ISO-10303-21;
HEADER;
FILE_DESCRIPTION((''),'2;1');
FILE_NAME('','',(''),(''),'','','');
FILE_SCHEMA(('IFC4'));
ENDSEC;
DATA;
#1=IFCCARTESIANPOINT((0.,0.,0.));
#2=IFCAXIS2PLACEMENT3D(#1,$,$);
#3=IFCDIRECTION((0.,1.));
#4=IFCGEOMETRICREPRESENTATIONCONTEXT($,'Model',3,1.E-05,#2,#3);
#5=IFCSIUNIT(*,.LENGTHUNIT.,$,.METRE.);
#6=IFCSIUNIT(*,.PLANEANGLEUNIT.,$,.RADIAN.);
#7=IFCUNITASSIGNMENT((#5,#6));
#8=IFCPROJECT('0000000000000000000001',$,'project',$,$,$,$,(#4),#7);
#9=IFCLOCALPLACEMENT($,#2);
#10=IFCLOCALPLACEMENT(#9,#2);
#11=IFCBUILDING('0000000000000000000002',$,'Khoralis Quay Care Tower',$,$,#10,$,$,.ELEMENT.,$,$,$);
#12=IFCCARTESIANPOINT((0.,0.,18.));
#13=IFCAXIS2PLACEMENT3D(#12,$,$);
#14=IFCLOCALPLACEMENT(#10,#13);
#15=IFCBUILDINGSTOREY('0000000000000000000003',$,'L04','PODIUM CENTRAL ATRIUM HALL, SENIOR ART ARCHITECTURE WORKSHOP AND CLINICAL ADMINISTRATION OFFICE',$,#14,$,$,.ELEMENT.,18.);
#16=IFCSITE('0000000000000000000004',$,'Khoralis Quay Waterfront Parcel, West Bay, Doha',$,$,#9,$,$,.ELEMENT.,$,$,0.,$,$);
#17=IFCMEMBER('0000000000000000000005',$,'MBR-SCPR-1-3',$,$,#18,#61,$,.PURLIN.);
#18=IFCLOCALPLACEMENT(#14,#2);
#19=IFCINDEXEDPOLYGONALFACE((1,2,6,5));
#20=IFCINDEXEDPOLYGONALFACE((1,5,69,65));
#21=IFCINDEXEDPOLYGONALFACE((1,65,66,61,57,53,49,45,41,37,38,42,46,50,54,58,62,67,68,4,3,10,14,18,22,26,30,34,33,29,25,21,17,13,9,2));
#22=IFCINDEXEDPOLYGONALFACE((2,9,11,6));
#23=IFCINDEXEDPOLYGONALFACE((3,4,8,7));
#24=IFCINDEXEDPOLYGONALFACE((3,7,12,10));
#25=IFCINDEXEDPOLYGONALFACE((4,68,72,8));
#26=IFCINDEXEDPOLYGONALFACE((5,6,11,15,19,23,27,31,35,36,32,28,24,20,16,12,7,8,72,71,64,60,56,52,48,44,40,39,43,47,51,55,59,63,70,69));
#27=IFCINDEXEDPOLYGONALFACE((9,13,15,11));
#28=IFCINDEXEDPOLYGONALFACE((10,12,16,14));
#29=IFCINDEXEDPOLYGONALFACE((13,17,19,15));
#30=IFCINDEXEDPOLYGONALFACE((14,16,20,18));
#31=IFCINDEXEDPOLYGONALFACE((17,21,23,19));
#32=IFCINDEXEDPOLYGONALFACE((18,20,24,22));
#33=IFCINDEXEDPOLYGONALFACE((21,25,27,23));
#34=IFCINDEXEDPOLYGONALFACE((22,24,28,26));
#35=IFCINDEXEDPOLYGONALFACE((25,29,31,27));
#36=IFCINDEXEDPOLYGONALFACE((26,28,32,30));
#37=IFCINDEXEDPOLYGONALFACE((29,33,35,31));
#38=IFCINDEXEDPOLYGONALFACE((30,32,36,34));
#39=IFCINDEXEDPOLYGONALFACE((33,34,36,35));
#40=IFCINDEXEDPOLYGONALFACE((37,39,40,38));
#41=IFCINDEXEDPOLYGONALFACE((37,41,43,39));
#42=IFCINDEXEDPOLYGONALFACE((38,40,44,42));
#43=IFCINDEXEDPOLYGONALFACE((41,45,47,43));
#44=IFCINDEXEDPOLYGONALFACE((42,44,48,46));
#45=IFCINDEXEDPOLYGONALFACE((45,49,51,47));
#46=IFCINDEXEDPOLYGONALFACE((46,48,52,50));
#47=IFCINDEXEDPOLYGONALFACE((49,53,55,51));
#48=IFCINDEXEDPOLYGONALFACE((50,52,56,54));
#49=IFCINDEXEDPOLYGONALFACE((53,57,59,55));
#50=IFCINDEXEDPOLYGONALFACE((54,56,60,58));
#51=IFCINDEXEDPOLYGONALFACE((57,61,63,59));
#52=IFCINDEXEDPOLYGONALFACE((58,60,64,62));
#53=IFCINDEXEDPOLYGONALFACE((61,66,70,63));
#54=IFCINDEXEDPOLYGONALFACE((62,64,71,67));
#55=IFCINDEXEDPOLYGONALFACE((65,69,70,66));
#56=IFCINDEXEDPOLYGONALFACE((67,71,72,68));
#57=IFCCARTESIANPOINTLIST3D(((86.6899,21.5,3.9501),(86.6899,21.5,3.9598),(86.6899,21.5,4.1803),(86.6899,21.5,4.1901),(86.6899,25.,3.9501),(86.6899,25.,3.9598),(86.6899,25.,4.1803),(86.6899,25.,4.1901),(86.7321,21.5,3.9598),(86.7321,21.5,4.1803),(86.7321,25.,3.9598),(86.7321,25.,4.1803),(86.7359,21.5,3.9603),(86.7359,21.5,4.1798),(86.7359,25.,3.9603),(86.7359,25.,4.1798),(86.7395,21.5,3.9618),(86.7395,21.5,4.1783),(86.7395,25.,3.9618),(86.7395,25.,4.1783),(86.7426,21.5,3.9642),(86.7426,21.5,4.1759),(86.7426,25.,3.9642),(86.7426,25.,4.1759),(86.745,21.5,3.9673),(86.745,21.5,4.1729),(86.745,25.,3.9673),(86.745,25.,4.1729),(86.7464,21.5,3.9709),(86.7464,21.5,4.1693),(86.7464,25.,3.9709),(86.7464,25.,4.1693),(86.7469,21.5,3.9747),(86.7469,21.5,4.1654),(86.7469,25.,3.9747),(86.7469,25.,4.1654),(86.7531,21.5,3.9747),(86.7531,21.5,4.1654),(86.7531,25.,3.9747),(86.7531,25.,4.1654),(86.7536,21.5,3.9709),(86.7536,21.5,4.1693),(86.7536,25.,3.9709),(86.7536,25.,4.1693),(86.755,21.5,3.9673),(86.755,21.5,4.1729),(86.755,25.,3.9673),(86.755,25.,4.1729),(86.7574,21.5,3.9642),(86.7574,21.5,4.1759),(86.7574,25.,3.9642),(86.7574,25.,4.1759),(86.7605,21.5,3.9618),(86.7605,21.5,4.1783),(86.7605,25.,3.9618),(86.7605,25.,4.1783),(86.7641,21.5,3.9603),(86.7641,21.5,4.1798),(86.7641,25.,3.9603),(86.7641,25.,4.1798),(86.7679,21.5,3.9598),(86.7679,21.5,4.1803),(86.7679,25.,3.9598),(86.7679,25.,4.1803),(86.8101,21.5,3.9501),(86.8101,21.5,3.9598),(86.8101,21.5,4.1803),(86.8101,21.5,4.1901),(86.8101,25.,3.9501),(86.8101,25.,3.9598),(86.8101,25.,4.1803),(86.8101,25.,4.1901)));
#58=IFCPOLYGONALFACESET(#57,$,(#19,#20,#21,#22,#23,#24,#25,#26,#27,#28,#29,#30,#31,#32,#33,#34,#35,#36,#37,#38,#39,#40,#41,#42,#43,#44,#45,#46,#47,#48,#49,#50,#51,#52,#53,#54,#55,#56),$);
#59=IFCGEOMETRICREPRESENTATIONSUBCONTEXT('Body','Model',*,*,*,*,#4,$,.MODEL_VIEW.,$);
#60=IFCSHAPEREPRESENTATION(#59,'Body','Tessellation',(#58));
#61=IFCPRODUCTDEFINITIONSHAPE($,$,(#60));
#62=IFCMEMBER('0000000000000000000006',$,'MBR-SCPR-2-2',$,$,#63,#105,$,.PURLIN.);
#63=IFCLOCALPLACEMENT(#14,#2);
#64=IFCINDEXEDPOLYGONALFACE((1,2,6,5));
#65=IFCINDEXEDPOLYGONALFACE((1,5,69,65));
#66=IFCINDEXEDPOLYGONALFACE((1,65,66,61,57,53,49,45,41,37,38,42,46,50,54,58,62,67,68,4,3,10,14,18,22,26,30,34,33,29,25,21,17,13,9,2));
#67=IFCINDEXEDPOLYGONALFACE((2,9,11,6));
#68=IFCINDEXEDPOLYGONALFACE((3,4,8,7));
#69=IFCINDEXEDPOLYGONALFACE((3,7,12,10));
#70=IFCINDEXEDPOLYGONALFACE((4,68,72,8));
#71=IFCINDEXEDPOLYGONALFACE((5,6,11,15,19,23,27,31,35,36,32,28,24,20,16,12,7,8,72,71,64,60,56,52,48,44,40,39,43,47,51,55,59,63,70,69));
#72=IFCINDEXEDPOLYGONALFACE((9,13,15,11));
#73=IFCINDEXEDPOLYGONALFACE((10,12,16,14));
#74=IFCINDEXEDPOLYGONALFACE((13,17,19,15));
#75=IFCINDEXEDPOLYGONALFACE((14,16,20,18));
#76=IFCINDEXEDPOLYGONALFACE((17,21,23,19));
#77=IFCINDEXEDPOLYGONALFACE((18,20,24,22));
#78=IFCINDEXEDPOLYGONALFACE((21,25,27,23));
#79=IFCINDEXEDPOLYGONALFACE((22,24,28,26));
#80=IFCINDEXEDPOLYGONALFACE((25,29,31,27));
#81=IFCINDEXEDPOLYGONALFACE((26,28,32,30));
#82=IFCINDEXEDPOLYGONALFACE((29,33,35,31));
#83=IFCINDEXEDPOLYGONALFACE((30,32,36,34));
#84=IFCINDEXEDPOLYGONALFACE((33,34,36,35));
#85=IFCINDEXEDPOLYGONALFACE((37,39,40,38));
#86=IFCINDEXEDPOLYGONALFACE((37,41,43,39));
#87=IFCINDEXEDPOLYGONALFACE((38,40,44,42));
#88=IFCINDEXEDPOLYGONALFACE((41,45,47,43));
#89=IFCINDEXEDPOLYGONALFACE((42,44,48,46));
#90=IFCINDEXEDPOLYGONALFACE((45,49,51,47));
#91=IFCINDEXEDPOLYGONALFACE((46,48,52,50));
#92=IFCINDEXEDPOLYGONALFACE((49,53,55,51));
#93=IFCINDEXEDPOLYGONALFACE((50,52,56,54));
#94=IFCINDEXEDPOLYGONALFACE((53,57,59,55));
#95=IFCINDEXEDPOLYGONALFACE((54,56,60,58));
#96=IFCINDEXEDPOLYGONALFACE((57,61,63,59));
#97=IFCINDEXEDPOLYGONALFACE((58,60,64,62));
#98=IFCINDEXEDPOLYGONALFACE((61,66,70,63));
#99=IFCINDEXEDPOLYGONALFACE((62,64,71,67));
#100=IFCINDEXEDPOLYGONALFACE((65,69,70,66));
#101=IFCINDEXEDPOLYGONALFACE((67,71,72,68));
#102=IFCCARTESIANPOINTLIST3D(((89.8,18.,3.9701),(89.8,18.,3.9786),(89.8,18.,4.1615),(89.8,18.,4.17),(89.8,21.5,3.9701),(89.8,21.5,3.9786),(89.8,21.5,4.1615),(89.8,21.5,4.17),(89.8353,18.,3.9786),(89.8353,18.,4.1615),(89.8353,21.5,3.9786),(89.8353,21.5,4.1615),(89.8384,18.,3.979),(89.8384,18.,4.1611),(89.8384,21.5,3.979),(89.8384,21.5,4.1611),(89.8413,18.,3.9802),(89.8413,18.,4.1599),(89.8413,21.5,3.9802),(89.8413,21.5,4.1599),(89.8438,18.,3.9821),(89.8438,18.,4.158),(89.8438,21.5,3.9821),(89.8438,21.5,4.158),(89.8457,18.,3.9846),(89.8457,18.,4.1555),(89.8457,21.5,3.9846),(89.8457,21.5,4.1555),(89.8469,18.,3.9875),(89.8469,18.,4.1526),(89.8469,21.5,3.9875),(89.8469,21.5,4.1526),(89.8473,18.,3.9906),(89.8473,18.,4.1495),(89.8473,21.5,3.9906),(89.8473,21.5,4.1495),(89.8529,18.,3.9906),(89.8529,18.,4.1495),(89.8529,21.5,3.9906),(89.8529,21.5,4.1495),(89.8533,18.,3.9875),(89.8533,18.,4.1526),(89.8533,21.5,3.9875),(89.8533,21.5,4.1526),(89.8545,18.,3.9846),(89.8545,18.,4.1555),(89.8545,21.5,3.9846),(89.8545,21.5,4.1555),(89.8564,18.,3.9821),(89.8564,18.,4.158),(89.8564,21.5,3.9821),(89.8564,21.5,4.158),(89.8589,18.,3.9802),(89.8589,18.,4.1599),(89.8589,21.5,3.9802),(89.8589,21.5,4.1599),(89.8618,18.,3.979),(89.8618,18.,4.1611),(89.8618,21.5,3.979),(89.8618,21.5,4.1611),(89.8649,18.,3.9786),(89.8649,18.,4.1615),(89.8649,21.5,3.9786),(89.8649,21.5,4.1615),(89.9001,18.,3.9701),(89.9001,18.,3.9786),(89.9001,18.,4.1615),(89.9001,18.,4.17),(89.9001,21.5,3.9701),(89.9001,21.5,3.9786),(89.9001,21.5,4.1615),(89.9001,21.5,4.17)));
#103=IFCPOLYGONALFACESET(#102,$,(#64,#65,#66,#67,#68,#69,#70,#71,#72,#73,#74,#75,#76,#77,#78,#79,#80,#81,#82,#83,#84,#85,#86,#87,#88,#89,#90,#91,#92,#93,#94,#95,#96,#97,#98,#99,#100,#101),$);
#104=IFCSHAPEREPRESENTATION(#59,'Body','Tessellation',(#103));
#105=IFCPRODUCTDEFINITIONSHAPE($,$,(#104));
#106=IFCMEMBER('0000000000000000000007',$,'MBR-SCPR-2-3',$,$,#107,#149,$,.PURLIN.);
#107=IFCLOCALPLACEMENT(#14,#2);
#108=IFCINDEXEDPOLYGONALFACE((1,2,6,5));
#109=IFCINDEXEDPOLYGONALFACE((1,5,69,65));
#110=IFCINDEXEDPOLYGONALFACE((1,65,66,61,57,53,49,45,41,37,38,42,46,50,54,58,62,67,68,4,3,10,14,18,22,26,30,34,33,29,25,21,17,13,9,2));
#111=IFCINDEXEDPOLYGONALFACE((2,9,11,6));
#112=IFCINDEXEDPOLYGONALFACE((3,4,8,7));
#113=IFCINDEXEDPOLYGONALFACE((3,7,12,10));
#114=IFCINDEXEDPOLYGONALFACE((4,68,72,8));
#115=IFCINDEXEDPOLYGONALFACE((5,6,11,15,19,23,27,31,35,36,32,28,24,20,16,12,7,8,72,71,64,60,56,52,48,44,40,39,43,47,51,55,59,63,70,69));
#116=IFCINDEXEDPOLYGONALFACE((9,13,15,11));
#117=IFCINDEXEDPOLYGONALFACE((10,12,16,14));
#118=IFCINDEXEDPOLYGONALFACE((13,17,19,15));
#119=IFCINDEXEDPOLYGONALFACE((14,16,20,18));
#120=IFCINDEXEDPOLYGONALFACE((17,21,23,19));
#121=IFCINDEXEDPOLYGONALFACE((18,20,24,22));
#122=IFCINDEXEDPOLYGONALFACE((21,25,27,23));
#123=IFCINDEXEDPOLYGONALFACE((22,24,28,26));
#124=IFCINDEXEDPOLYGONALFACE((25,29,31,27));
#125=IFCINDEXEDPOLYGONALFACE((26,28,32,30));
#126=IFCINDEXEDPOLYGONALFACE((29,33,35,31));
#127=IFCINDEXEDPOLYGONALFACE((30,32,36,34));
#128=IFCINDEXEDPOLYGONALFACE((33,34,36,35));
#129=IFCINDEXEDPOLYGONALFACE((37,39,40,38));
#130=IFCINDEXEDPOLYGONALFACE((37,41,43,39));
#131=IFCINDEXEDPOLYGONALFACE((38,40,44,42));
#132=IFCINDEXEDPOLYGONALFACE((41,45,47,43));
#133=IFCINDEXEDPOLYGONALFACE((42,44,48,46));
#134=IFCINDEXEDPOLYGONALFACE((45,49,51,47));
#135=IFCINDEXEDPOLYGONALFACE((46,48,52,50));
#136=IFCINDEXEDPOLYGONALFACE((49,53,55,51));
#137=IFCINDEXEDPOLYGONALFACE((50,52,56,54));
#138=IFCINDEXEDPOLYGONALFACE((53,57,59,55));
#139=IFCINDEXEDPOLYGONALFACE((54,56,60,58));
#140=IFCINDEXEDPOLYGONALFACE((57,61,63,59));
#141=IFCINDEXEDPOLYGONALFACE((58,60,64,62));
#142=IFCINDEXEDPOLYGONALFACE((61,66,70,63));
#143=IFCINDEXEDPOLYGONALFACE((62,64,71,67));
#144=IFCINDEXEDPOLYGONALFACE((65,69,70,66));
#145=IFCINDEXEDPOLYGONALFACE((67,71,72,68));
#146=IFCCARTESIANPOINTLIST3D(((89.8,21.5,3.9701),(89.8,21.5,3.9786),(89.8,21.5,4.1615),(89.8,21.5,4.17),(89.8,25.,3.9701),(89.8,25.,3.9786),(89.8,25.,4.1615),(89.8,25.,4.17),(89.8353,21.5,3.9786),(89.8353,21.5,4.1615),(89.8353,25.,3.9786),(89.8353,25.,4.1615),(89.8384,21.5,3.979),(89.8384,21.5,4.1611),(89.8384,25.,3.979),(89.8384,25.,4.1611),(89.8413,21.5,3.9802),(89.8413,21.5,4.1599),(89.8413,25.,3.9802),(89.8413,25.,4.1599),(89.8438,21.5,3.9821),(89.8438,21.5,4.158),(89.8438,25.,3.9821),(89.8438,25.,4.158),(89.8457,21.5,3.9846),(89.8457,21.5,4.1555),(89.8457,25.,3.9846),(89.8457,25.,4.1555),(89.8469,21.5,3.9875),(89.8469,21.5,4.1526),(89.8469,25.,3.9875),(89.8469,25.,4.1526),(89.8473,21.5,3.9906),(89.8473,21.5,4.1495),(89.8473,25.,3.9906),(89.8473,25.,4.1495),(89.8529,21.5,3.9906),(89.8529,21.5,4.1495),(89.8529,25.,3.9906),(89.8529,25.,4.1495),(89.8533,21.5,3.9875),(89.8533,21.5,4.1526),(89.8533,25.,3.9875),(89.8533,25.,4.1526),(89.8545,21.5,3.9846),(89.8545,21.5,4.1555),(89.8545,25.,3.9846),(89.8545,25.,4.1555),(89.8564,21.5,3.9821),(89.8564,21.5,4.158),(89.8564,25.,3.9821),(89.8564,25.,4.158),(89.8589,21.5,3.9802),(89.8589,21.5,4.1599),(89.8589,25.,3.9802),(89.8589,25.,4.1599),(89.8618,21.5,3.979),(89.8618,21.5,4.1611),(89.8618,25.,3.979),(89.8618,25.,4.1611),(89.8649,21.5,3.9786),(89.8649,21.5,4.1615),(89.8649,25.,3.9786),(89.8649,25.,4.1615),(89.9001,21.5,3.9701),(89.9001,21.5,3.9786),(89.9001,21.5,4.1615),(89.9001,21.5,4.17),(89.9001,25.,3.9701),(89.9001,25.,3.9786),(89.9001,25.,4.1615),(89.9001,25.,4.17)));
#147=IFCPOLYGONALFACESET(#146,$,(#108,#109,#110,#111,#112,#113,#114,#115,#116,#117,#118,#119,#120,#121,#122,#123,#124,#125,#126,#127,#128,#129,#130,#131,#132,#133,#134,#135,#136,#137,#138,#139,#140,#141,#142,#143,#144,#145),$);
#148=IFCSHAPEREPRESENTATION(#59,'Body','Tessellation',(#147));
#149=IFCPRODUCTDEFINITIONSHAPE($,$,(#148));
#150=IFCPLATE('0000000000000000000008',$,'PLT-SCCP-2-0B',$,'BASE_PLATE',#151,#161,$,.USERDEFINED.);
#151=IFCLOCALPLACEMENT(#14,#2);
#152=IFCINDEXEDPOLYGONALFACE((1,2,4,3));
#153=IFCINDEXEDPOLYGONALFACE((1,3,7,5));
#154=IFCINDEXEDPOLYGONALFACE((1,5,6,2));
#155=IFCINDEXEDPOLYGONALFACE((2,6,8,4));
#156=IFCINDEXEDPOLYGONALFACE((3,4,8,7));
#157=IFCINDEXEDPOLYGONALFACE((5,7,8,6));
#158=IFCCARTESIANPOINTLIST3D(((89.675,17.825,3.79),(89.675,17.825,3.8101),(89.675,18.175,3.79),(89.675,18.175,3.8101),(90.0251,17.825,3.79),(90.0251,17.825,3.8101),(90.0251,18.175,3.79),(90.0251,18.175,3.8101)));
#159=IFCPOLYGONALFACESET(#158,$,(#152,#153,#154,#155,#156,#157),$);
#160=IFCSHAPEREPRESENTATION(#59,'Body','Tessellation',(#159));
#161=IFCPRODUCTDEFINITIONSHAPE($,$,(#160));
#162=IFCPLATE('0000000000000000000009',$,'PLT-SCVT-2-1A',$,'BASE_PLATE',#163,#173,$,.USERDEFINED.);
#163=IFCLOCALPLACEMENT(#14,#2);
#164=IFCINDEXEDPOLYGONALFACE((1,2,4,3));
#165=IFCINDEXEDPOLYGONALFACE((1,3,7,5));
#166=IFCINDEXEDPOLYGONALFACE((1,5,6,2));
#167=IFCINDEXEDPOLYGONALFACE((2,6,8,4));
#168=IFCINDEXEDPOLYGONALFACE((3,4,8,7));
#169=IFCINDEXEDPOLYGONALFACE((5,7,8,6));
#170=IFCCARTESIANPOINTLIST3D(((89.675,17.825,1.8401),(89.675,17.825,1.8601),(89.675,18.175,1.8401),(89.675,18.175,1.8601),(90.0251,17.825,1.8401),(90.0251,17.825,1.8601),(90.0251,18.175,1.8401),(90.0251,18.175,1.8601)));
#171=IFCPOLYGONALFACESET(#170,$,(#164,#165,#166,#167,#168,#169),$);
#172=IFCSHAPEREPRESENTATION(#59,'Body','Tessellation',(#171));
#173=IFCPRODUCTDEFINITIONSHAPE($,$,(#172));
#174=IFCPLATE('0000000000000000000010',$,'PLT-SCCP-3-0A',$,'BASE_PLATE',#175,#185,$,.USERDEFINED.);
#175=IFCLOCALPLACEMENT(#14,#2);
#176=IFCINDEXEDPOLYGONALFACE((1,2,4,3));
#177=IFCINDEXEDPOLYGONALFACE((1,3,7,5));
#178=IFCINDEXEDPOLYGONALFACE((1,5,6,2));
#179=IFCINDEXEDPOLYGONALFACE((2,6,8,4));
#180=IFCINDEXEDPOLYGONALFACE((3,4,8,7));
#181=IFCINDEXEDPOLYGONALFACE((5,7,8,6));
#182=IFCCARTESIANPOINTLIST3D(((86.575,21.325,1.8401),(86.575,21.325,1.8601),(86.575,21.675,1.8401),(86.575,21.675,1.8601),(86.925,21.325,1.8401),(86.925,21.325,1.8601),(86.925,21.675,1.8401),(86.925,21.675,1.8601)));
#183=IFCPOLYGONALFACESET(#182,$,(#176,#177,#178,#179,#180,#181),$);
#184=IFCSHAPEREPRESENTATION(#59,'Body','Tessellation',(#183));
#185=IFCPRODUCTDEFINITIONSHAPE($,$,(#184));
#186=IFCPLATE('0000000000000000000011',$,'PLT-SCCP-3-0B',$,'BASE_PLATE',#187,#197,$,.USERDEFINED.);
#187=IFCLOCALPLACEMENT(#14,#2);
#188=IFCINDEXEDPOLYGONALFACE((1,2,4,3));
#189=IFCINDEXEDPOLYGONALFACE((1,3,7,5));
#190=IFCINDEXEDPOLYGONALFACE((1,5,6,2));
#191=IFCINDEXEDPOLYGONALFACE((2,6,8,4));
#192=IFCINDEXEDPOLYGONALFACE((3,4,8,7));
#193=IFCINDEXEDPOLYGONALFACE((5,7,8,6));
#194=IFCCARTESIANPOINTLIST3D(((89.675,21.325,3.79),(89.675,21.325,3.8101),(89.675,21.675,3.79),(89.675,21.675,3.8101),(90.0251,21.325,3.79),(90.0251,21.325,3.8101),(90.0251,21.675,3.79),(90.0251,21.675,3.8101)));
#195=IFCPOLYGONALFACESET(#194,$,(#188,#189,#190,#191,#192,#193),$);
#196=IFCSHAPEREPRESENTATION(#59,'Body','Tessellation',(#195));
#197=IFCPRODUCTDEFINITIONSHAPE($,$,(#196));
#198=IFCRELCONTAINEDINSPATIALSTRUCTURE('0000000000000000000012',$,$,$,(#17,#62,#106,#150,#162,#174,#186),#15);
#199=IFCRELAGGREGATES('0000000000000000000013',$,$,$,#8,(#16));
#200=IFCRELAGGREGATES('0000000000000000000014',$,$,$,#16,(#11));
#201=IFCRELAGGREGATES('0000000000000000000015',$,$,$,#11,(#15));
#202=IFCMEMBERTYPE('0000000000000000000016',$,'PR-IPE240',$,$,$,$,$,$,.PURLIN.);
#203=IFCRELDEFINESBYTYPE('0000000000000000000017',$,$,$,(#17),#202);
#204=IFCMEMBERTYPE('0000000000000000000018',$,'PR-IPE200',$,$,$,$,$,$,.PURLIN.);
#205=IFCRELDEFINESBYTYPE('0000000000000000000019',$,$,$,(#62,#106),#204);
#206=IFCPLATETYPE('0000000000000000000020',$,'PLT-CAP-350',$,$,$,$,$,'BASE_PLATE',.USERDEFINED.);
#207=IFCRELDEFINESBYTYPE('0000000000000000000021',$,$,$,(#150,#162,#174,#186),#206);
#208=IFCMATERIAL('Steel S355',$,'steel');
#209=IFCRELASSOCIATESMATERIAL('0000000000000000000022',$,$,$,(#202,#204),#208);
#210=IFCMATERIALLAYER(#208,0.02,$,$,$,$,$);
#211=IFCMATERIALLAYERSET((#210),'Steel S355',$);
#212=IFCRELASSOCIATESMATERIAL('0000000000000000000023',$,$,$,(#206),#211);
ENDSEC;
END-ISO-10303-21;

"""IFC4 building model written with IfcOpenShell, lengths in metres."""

from ifc_helpers import new_model, si_unit, direction, frame, origin, origin_2d, place, context, subcontext, project, spatial, rectangle, i_section, extrude, source, transform, mapped, material, layer, layer_set, material_profile, profile_set, type_object, element, save


model = new_model("IFC4")

# Units and contexts
model_context = context("Model", 3, precision=1e-05, world=origin(), true_north=direction((0.0, 1.0)))
body_context = subcontext(model_context, "Body", "Model", "MODEL_VIEW")
ifc_project = project(units=[si_unit("LENGTHUNIT", "METRE"), si_unit("PLANEANGLEUNIT", "RADIAN")], contexts=[model_context])

# Site, building, storey
site_placement = place(None, origin())
site = spatial("IfcSite", under=ifc_project, at=site_placement, Name="Khoralis Quay Waterfront Parcel, West Bay, Doha", CompositionType="ELEMENT", RefElevation=0.0)
building_placement = place(site_placement, origin())
building = spatial("IfcBuilding", under=site, at=building_placement, Name="Khoralis Quay Care Tower", CompositionType="ELEMENT")
storey_placement = place(building_placement, frame((0.0, 0.0, 18.0)))
storey = spatial("IfcBuildingStorey", under=building, at=storey_placement, Name="L04", Description="PODIUM CENTRAL ATRIUM HALL, SENIOR ART ARCHITECTURE WORKSHOP AND CLINICAL ADMINISTRATION OFFICE", CompositionType="ELEMENT", Elevation=18.0)

# Members
ifc_material = material(Name="Steel S355", Category="steel")
ifc_material_profile_1 = material_profile(ifc_material, i_section(OverallWidth=0.1201, OverallDepth=0.24, WebThickness=0.0061, FlangeThickness=0.0098, FilletRadius=0.0149, at=origin_2d()), Name="Steel S355")
ifc_profile_set_1 = profile_set([ifc_material_profile_1], Name="Steel S355")
member_type_1 = type_object("IfcMemberType", Name="PR-IPE240", PredefinedType="PURLIN", material=ifc_profile_set_1)
shared_shape_1 = source(origin(), body_context, "Body", "SweptSolid", [
    extrude(i_section(OverallWidth=0.1201, OverallDepth=0.24, WebThickness=0.0061, FlangeThickness=0.0098, FilletRadius=0.0149, at=origin_2d()), origin(), (0.0, 0.0, 1.0), 3.5),
])
member_1_placement = place(storey_placement, frame((86.75, 21.5, 4.0701), z_axis=(0.0, 1.0, 0.0), x_axis=(-1.0, 0.0, 0.0)))
element("IfcMember", 1, at=member_1_placement, inside=storey, type_object=member_type_1, Name="MBR-SCPR-1-3", PredefinedType="PURLIN", context=body_context, shape_type="MappedRepresentation", body=[
    mapped(shared_shape_1, transform((0.0, 0.0, 0.0), scale=1.0)),
])
ifc_material_profile_2 = material_profile(ifc_material, i_section(OverallWidth=0.1001, OverallDepth=0.2, WebThickness=0.0056, FlangeThickness=0.0085, FilletRadius=0.012, at=origin_2d()), Name="Steel S355")
ifc_profile_set_2 = profile_set([ifc_material_profile_2], Name="Steel S355")
member_type_2 = type_object("IfcMemberType", Name="PR-IPE200", PredefinedType="PURLIN", material=ifc_profile_set_2)
shared_shape_2 = source(origin(), body_context, "Body", "SweptSolid", [
    extrude(i_section(OverallWidth=0.1001, OverallDepth=0.2, WebThickness=0.0056, FlangeThickness=0.0085, FilletRadius=0.012, at=origin_2d()), origin(), (0.0, 0.0, 1.0), 3.5),
])
for number, where, z_axis, x_axis, name in (
    (2, (89.8501, 18.0, 4.0701), (0.0, 1.0, 0.0), (-1.0, 0.0, 0.0), "MBR-SCPR-2-2"),
    (3, (89.8501, 21.5, 4.0701), (0.0, 1.0, 0.0), (-1.0, 0.0, 0.0), "MBR-SCPR-2-3"),
):
    element("IfcMember", number, at=place(storey_placement, frame(where, z_axis=z_axis, x_axis=x_axis)), inside=storey, type_object=member_type_2, Name=name, PredefinedType="PURLIN", context=body_context, shape_type="MappedRepresentation", body=[
        mapped(shared_shape_2, transform((0.0, 0.0, 0.0), scale=1.0)),
    ])

# Plates
ifc_layer = layer(ifc_material, 0.02)
ifc_layer_set = layer_set([ifc_layer], Name="Steel S355")
plate_type = type_object("IfcPlateType", Name="PLT-CAP-350", ElementType="BASE_PLATE", PredefinedType="USERDEFINED", material=ifc_layer_set)
shared_shape_3 = source(origin(), body_context, "Body", "SweptSolid", [
    extrude(rectangle(XDim=0.3501, YDim=0.3501, at=origin_2d()), origin(), (0.0, 0.0, 1.0), 0.02),
])
for number, where, z_axis, x_axis, name in (
    (4, (89.8501, 18.0, 3.79), (0.0, 0.0, 1.0), (1.0, 0.0, 0.0), "PLT-SCCP-2-0B"),
    (5, (89.8501, 18.0, 1.8401), (0.0, 0.0, 1.0), (1.0, 0.0, 0.0), "PLT-SCVT-2-1A"),
    (6, (86.75, 21.5, 1.8401), (0.0, 0.0, 1.0), (1.0, 0.0, 0.0), "PLT-SCCP-3-0A"),
    (7, (89.8501, 21.5, 3.79), (0.0, 0.0, 1.0), (1.0, 0.0, 0.0), "PLT-SCCP-3-0B"),
):
    element("IfcPlate", number, at=place(storey_placement, frame(where, z_axis=z_axis, x_axis=x_axis)), inside=storey, type_object=plate_type, Name=name, ObjectType="BASE_PLATE", PredefinedType="USERDEFINED", context=body_context, shape_type="MappedRepresentation", body=[
        mapped(shared_shape_3, transform((0.0, 0.0, 0.0), scale=1.0)),
    ])

save(model, "model.ifc")
